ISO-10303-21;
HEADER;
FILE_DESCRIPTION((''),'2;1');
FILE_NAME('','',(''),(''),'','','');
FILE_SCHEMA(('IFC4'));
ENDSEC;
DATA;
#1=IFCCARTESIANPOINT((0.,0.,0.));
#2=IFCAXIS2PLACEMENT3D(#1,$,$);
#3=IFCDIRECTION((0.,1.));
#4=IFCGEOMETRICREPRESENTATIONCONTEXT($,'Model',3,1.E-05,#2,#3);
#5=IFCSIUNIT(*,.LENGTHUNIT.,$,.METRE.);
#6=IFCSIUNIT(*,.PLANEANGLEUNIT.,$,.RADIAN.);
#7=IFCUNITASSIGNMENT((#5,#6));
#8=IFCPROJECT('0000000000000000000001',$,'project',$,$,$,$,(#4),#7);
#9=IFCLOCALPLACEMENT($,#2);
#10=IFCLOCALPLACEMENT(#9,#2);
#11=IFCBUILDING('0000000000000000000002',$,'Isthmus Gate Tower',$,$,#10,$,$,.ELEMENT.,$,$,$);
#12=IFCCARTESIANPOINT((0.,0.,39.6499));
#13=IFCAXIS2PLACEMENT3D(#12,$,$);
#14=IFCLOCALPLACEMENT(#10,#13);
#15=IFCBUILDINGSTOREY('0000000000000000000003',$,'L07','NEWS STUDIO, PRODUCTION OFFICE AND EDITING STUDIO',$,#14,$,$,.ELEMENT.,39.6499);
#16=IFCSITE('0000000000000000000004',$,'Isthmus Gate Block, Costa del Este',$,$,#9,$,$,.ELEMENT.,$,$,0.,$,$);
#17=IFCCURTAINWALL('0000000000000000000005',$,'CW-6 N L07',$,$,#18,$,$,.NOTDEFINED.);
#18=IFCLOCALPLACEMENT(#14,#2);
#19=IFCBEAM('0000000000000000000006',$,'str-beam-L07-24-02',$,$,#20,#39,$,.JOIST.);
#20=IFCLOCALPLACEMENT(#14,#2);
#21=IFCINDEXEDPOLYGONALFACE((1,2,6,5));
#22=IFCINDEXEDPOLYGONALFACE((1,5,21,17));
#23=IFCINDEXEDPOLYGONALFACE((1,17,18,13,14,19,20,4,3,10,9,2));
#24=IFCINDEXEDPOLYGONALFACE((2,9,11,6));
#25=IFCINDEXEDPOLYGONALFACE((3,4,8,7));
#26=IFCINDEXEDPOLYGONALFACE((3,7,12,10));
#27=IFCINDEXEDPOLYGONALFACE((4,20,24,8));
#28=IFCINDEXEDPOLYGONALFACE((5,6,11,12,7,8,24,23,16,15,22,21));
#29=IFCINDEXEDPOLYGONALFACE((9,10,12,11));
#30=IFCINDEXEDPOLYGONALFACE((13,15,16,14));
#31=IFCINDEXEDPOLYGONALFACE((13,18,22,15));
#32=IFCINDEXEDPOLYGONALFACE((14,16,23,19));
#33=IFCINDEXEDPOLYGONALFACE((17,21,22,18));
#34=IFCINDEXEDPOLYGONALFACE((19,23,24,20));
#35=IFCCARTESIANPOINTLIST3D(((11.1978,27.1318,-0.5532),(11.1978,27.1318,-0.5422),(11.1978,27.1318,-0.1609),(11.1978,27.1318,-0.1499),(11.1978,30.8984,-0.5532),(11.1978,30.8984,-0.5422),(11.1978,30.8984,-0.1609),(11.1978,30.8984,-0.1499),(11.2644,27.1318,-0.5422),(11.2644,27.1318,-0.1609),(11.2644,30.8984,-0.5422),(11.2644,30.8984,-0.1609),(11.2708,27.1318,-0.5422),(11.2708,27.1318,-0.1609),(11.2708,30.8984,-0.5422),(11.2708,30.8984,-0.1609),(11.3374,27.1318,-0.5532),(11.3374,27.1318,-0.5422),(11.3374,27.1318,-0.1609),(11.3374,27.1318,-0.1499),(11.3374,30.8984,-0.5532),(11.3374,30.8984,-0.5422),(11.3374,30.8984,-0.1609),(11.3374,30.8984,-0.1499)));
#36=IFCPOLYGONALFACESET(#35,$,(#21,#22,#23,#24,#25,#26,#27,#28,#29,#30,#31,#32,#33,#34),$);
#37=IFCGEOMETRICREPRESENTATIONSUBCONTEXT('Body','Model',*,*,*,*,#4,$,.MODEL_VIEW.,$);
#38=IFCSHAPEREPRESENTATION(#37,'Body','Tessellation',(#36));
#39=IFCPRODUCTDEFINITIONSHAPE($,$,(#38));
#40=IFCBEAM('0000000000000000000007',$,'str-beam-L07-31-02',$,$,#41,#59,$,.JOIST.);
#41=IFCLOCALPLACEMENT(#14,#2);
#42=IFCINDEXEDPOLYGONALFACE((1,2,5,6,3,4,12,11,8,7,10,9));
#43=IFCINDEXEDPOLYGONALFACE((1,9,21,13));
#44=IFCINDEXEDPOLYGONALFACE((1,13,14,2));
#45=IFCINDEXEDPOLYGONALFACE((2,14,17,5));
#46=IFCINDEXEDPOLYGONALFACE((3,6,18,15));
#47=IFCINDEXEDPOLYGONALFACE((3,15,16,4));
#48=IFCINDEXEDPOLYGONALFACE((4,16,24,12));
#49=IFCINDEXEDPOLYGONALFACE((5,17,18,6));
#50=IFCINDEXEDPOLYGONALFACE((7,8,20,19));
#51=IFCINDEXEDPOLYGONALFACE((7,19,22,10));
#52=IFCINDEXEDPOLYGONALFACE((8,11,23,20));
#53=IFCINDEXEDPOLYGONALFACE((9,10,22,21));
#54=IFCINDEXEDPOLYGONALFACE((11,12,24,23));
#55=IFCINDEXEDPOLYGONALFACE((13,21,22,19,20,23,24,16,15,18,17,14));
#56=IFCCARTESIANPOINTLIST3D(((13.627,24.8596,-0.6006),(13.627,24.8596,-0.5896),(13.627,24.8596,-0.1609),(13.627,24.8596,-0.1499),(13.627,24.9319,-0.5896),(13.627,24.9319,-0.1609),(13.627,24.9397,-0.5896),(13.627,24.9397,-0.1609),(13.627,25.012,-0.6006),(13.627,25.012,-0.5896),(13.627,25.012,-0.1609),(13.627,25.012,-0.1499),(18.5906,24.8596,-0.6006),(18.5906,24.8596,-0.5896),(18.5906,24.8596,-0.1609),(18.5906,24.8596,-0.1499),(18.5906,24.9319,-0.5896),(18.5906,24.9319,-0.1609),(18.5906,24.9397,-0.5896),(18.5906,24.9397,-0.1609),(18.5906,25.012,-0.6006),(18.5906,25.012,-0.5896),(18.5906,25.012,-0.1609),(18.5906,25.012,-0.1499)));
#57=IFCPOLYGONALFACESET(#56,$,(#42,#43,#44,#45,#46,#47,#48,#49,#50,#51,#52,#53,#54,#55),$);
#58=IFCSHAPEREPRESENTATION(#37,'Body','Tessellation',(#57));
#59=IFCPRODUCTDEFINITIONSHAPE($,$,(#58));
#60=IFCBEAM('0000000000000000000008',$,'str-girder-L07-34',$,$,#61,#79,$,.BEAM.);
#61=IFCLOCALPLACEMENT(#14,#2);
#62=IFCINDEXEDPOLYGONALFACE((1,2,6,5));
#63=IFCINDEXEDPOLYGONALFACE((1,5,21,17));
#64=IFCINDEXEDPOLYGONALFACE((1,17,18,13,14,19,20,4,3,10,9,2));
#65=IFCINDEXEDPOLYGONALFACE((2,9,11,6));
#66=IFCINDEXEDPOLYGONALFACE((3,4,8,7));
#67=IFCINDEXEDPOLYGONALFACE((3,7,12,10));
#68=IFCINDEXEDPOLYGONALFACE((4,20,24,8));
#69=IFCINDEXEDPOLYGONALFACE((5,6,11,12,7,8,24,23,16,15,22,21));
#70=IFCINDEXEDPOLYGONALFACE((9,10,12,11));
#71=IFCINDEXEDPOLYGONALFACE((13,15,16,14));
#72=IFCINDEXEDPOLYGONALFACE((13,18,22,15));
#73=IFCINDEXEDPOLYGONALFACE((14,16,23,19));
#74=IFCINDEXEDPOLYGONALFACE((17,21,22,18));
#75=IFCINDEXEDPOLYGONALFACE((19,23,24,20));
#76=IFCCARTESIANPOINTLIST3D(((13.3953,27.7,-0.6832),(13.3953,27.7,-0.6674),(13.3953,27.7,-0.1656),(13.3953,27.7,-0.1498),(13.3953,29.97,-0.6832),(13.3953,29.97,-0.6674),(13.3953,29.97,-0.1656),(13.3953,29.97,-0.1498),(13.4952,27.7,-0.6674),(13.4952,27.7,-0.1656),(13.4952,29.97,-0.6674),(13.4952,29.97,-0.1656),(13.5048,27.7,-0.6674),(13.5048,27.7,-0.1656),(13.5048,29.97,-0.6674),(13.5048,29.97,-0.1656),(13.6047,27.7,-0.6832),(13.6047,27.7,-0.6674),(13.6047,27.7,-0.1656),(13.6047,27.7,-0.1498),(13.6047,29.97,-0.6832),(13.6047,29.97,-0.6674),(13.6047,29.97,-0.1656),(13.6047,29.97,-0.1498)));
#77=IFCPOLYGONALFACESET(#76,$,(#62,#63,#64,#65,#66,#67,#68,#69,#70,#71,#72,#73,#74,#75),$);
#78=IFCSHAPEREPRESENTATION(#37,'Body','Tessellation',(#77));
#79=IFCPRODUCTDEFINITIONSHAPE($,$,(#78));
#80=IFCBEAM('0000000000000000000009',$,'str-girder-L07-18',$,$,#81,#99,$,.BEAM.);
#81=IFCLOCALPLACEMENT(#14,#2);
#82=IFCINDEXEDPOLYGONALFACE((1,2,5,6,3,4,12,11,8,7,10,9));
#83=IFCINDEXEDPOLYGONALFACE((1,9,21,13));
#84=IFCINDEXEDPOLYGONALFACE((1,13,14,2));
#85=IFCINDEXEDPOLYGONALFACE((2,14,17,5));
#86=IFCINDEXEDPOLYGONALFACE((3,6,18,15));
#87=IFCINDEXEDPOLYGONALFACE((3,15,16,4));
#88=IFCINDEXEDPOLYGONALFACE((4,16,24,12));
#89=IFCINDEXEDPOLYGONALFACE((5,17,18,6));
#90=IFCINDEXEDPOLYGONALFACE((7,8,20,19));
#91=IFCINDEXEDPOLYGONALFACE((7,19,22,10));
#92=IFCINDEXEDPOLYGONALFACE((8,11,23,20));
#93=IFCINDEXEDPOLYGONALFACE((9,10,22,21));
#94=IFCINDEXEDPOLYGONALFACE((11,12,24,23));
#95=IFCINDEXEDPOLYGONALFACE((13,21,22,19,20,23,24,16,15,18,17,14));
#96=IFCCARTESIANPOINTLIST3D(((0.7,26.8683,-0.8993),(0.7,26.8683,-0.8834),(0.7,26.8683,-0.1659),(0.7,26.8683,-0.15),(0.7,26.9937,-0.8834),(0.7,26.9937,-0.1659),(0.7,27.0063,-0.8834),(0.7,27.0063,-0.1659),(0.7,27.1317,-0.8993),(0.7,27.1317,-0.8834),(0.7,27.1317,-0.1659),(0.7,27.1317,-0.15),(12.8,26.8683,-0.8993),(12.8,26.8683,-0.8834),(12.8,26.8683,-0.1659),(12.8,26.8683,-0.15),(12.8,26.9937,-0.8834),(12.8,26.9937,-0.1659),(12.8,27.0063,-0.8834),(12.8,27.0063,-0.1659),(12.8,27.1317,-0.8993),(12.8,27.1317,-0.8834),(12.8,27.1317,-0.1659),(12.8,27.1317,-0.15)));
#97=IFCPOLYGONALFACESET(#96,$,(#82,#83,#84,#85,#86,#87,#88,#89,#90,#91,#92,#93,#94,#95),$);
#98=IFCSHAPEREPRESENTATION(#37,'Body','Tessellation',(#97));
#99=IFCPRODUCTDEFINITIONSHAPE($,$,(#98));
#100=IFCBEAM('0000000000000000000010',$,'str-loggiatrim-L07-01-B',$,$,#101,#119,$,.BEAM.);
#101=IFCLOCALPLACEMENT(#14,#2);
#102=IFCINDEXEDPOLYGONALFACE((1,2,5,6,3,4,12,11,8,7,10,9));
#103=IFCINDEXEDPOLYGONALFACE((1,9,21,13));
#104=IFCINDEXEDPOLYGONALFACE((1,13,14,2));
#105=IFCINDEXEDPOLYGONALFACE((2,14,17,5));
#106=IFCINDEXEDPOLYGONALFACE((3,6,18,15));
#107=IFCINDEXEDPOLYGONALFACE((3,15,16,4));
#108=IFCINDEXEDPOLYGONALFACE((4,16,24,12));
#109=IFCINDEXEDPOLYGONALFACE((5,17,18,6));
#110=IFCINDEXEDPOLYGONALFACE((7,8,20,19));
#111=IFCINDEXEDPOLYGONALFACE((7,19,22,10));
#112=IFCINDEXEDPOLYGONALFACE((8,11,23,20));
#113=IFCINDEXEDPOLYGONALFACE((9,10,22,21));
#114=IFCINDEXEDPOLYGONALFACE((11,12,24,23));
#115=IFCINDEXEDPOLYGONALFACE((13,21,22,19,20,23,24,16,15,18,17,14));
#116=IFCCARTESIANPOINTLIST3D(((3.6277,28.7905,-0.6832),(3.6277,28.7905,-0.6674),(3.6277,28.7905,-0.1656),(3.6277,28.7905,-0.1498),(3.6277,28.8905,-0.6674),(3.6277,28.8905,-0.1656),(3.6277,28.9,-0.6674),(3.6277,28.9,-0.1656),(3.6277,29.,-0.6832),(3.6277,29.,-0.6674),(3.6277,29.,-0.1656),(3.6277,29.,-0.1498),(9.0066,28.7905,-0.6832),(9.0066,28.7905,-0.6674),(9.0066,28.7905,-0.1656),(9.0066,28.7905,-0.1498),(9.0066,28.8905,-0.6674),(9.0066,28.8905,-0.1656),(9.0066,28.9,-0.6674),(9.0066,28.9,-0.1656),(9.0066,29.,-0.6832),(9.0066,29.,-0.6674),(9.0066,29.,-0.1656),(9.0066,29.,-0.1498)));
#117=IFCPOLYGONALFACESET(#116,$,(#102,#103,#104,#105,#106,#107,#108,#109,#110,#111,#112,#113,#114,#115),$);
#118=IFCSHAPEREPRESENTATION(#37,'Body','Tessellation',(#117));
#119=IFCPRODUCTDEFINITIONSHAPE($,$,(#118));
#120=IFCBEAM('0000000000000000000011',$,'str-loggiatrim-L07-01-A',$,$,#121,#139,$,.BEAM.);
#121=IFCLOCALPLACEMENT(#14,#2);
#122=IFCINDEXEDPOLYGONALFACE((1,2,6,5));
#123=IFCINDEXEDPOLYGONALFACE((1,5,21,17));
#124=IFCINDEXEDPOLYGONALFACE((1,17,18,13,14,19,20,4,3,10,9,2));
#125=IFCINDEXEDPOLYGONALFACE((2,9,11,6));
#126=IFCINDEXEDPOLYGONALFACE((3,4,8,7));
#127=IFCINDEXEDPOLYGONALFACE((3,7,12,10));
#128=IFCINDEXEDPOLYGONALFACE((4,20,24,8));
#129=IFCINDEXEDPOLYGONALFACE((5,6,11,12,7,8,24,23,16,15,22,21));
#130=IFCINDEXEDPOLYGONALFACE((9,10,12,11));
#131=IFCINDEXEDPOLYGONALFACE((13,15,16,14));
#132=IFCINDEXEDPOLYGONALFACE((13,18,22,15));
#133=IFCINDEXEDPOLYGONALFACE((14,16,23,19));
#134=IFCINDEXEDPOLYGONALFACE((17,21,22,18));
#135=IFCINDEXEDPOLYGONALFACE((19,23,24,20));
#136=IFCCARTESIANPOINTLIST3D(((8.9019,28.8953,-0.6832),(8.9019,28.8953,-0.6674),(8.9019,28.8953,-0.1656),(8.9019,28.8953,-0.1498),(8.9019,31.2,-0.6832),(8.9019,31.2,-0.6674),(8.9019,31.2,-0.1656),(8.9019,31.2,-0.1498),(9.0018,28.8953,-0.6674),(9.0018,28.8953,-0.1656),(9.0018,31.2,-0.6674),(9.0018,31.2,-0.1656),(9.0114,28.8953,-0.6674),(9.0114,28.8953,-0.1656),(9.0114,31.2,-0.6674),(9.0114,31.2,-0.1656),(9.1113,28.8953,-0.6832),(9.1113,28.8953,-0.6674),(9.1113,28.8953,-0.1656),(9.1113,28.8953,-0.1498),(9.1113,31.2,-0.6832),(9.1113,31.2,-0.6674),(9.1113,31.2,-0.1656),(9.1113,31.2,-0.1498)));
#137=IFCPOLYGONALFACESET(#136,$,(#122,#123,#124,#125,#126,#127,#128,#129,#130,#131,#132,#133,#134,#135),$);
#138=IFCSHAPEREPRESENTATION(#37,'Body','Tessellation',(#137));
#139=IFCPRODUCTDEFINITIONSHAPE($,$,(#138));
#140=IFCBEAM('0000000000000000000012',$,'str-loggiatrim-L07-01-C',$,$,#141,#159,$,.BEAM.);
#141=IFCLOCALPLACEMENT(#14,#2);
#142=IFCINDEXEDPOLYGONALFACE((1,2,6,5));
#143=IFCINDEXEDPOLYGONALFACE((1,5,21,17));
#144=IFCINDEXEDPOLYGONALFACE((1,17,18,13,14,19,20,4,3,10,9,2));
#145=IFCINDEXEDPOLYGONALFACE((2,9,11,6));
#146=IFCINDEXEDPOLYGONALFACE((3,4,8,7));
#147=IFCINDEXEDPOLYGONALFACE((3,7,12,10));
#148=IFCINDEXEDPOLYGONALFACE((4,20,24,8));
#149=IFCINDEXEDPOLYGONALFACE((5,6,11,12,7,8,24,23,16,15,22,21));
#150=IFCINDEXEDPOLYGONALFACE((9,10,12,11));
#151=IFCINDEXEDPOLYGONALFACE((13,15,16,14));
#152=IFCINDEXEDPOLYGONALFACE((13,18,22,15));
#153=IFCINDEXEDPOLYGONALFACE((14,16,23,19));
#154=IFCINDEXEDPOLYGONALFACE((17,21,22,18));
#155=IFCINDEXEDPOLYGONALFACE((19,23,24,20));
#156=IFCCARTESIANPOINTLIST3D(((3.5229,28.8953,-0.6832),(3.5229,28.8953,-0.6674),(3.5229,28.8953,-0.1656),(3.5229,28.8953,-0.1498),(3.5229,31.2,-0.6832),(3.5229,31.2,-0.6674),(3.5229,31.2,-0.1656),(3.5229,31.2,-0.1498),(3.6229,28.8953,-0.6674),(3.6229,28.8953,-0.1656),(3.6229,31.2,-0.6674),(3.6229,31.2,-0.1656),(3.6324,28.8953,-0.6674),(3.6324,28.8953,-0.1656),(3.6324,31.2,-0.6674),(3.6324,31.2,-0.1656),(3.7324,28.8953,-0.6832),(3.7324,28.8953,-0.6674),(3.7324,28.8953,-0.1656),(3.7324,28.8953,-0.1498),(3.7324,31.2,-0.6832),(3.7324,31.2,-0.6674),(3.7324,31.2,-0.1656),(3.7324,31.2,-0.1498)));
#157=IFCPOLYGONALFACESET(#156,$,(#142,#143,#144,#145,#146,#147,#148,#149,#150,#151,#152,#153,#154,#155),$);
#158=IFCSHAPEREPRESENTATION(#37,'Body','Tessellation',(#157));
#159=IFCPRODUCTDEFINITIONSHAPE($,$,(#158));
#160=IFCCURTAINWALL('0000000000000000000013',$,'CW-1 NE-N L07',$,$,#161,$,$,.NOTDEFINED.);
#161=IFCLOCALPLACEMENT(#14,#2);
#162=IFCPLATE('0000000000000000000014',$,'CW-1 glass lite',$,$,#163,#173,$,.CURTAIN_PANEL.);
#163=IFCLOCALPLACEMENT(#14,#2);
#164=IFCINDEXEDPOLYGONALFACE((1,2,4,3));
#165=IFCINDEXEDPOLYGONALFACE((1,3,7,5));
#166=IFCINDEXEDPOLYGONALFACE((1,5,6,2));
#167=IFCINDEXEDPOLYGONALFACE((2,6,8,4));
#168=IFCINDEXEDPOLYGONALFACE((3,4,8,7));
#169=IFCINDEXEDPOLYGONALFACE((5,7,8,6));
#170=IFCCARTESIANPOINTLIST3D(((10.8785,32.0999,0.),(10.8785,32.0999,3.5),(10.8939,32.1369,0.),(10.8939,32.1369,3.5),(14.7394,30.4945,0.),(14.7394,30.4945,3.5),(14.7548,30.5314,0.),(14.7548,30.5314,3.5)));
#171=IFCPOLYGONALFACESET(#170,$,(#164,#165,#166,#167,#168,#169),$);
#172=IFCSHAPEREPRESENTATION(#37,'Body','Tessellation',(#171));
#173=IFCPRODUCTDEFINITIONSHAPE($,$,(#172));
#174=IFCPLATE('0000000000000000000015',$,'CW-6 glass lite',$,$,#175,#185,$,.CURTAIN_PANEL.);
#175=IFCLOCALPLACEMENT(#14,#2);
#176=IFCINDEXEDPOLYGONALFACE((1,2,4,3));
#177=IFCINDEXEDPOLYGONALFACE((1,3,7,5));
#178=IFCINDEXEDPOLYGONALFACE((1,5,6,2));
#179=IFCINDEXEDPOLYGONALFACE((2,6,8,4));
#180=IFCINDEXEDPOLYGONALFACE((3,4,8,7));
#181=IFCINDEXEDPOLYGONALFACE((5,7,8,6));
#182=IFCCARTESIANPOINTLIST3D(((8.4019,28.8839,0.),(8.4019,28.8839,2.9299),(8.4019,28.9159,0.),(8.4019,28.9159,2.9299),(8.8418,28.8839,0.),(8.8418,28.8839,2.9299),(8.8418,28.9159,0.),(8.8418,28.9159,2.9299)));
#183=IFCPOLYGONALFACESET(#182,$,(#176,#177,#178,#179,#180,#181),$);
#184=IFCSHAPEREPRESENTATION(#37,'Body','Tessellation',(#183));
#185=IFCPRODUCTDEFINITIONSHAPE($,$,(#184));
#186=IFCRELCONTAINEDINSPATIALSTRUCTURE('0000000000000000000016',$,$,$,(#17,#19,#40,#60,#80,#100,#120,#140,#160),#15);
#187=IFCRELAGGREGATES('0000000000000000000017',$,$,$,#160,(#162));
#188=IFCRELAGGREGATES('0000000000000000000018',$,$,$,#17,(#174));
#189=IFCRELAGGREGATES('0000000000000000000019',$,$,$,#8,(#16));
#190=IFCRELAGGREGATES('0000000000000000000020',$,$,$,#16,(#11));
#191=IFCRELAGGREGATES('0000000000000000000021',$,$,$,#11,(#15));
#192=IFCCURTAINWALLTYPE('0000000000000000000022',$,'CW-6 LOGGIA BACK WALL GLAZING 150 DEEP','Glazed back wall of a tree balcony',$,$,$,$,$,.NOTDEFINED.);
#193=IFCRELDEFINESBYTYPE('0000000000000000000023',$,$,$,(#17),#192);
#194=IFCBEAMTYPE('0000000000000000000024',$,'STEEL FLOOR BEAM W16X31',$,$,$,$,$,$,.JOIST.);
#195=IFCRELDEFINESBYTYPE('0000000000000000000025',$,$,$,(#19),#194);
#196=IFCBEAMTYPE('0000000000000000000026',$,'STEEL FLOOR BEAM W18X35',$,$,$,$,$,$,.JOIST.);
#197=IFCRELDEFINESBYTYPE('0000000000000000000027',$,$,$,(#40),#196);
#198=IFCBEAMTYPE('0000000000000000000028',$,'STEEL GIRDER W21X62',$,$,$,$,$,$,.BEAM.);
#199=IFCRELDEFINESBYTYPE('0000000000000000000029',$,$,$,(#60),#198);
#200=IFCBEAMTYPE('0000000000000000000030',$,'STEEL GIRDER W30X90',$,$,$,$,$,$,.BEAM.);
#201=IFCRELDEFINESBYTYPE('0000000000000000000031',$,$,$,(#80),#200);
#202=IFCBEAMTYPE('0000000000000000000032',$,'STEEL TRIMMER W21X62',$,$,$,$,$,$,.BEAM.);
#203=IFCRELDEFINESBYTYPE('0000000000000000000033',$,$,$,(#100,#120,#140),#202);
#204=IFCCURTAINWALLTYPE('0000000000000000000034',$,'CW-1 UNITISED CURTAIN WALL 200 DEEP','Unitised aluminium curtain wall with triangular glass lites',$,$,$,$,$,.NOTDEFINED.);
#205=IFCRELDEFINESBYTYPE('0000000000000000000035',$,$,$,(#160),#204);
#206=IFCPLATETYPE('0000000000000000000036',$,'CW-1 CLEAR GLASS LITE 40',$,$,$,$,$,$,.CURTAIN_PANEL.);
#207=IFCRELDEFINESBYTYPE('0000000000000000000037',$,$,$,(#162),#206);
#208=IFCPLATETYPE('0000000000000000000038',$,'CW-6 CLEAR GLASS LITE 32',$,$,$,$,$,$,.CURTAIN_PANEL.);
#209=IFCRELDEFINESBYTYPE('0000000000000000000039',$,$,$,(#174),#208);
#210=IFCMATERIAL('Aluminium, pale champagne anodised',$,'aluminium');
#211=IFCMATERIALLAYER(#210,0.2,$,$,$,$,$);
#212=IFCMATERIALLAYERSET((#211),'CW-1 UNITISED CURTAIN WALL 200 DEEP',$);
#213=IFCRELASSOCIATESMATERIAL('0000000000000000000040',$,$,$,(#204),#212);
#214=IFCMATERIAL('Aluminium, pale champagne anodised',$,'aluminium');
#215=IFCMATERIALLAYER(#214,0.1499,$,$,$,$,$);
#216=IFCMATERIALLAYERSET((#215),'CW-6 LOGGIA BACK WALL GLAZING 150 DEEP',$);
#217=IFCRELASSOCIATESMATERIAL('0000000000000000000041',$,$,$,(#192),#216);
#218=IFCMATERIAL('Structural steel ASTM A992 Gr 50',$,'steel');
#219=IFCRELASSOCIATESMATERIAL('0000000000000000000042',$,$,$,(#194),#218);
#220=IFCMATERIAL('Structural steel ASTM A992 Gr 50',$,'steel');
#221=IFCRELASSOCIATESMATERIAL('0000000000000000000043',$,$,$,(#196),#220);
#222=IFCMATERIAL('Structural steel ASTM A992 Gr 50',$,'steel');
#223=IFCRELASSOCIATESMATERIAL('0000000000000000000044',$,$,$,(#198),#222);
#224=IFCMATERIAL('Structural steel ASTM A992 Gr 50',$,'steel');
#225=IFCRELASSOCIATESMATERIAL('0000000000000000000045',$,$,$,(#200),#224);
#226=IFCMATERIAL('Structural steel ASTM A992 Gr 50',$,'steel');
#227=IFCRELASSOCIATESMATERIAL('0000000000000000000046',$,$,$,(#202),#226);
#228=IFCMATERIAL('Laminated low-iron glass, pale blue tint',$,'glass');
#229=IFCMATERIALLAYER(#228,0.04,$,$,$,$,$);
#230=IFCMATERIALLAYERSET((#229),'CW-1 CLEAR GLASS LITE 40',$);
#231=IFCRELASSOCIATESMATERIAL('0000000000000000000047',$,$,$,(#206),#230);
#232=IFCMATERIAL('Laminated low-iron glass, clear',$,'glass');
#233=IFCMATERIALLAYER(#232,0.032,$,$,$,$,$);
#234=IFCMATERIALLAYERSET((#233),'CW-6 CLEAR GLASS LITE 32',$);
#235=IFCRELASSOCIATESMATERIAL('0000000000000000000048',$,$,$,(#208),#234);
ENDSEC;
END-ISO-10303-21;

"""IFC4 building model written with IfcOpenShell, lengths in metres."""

from ifc_helpers import new_model, si_unit, direction, frame, origin, origin_2d, place, context, subcontext, project, spatial, rectangle, i_section, extrude, material, layer, layer_set, material_profile, profile_set, type_object, element, aggregate, save


model = new_model("IFC4")

# Units and contexts
model_context = context("Model", 3, precision=1e-05, world=origin(), true_north=direction((0.0, 1.0)))
body_context = subcontext(model_context, "Body", "Model", "MODEL_VIEW")
ifc_project = project(units=[si_unit("LENGTHUNIT", "METRE"), si_unit("PLANEANGLEUNIT", "RADIAN")], contexts=[model_context])

# Site, building, storey
site_placement = place(None, origin())
site = spatial("IfcSite", under=ifc_project, at=site_placement, Name="Isthmus Gate Block, Costa del Este", CompositionType="ELEMENT", RefElevation=0.0)
building_placement = place(site_placement, origin())
building = spatial("IfcBuilding", under=site, at=building_placement, Name="Isthmus Gate Tower", CompositionType="ELEMENT")
storey_placement = place(building_placement, frame((0.0, 0.0, 39.6499)))
storey = spatial("IfcBuildingStorey", under=building, at=storey_placement, Name="L07", Description="NEWS STUDIO, PRODUCTION OFFICE AND EDITING STUDIO", CompositionType="ELEMENT", Elevation=39.6499)

# Curtain wall
ifc_material_1 = material(Name="Aluminium, pale champagne anodised", Category="aluminium")
ifc_layer_1 = layer(ifc_material_1, 0.2)
ifc_layer_set_1 = layer_set([ifc_layer_1], Name="CW-1 UNITISED CURTAIN WALL 200 DEEP")
curtain_wall_type_1 = type_object("IfcCurtainWallType", Name="CW-1 UNITISED CURTAIN WALL 200 DEEP", Description="Unitised aluminium curtain wall with triangular glass lites", PredefinedType="NOTDEFINED", material=ifc_layer_set_1)
ifc_material_2 = material(Name="Aluminium, pale champagne anodised", Category="aluminium")
ifc_layer_2 = layer(ifc_material_2, 0.1499)
ifc_layer_set_2 = layer_set([ifc_layer_2], Name="CW-6 LOGGIA BACK WALL GLAZING 150 DEEP")
curtain_wall_type_2 = type_object("IfcCurtainWallType", Name="CW-6 LOGGIA BACK WALL GLAZING 150 DEEP", Description="Glazed back wall of a tree balcony", PredefinedType="NOTDEFINED", material=ifc_layer_set_2)
curtain_wall_1_placement = place(storey_placement, origin())
curtain_wall_1 = element("IfcCurtainWall", 1, at=curtain_wall_1_placement, inside=storey, type_object=curtain_wall_type_2, Name="CW-6 N L07", PredefinedType="NOTDEFINED")

# Beams
ifc_material_3 = material(Name="Structural steel ASTM A992 Gr 50", Category="steel")
ifc_material_profile_1 = material_profile(ifc_material_3, i_section(OverallWidth=0.1396, OverallDepth=0.4033, WebThickness=0.0063, FlangeThickness=0.011, at=origin_2d()), Name="W16X31")
ifc_profile_set_1 = profile_set([ifc_material_profile_1], Name="Structural steel ASTM A992 Gr 50")
beam_type_1 = type_object("IfcBeamType", Name="STEEL FLOOR BEAM W16X31", PredefinedType="JOIST", material=ifc_profile_set_1)
beam_1_placement = place(storey_placement, frame((11.2676, 27.1318, -0.3516), z_axis=(0.0, 1.0, 0.0), x_axis=(-1.0, 0.0, 0.0)))
element("IfcBeam", 2, at=beam_1_placement, inside=storey, type_object=beam_type_1, Name="str-beam-L07-24-02", PredefinedType="JOIST", context=body_context, shape_type="SweptSolid", body=[
    extrude(i_section(OverallWidth=0.1396, OverallDepth=0.4033, WebThickness=0.0063, FlangeThickness=0.011, at=origin_2d()), origin(), (0.0, 0.0, 1.0), 3.7666),
])
ifc_material_4 = material(Name="Structural steel ASTM A992 Gr 50", Category="steel")
ifc_material_profile_2 = material_profile(ifc_material_4, i_section(OverallWidth=0.1523, OverallDepth=0.4507, WebThickness=0.0078, FlangeThickness=0.011, at=origin_2d()), Name="W18X35")
ifc_profile_set_2 = profile_set([ifc_material_profile_2], Name="Structural steel ASTM A992 Gr 50")
beam_type_2 = type_object("IfcBeamType", Name="STEEL FLOOR BEAM W18X35", PredefinedType="JOIST", material=ifc_profile_set_2)
beam_2_placement = place(storey_placement, frame((13.627, 24.9358, -0.3752), z_axis=(1.0, 0.0, 0.0), x_axis=(0.0, 1.0, 0.0)))
element("IfcBeam", 3, at=beam_2_placement, inside=storey, type_object=beam_type_2, Name="str-beam-L07-31-02", PredefinedType="JOIST", context=body_context, shape_type="SweptSolid", body=[
    extrude(i_section(OverallWidth=0.1523, OverallDepth=0.4507, WebThickness=0.0078, FlangeThickness=0.011, at=origin_2d()), origin(), (0.0, 0.0, 1.0), 4.9636),
])
ifc_material_5 = material(Name="Structural steel ASTM A992 Gr 50", Category="steel")
ifc_material_profile_3 = material_profile(ifc_material_5, i_section(OverallWidth=0.2095, OverallDepth=0.5334, WebThickness=0.0095, FlangeThickness=0.0159, at=origin_2d()), Name="W21X62")
ifc_profile_set_3 = profile_set([ifc_material_profile_3], Name="Structural steel ASTM A992 Gr 50")
beam_type_3 = type_object("IfcBeamType", Name="STEEL GIRDER W21X62", PredefinedType="BEAM", material=ifc_profile_set_3)
beam_3_placement = place(storey_placement, frame((13.5, 27.7, -0.4165), z_axis=(0.0, 1.0, 0.0), x_axis=(-1.0, 0.0, 0.0)))
element("IfcBeam", 4, at=beam_3_placement, inside=storey, type_object=beam_type_3, Name="str-girder-L07-34", PredefinedType="BEAM", context=body_context, shape_type="SweptSolid", body=[
    extrude(i_section(OverallWidth=0.2095, OverallDepth=0.5334, WebThickness=0.0095, FlangeThickness=0.0159, at=origin_2d()), origin(), (0.0, 0.0, 1.0), 2.27),
])
ifc_material_6 = material(Name="Structural steel ASTM A992 Gr 50", Category="steel")
ifc_material_profile_4 = material_profile(ifc_material_6, i_section(OverallWidth=0.2634, OverallDepth=0.7493, WebThickness=0.0127, FlangeThickness=0.0159, at=origin_2d()), Name="W30X90")
ifc_profile_set_4 = profile_set([ifc_material_profile_4], Name="Structural steel ASTM A992 Gr 50")
beam_type_4 = type_object("IfcBeamType", Name="STEEL GIRDER W30X90", PredefinedType="BEAM", material=ifc_profile_set_4)
beam_4_placement = place(storey_placement, frame((0.7, 27.0, -0.5247), z_axis=(1.0, 0.0, 0.0), x_axis=(0.0, 1.0, 0.0)))
element("IfcBeam", 5, at=beam_4_placement, inside=storey, type_object=beam_type_4, Name="str-girder-L07-18", PredefinedType="BEAM", context=body_context, shape_type="SweptSolid", body=[
    extrude(i_section(OverallWidth=0.2634, OverallDepth=0.7493, WebThickness=0.0127, FlangeThickness=0.0159, at=origin_2d()), origin(), (0.0, 0.0, 1.0), 12.1001),
])
ifc_material_7 = material(Name="Structural steel ASTM A992 Gr 50", Category="steel")
ifc_material_profile_5 = material_profile(ifc_material_7, i_section(OverallWidth=0.2095, OverallDepth=0.5334, WebThickness=0.0095, FlangeThickness=0.0159, at=origin_2d()), Name="W21X62")
ifc_profile_set_5 = profile_set([ifc_material_profile_5], Name="Structural steel ASTM A992 Gr 50")
beam_type_5 = type_object("IfcBeamType", Name="STEEL TRIMMER W21X62", PredefinedType="BEAM", material=ifc_profile_set_5)
beam_5_placement = place(storey_placement, frame((9.0066, 28.8953, -0.4165), z_axis=(-1.0, 0.0, 0.0), x_axis=(0.0, -1.0, 0.0)))
element("IfcBeam", 6, at=beam_5_placement, inside=storey, type_object=beam_type_5, Name="str-loggiatrim-L07-01-B", PredefinedType="BEAM", context=body_context, shape_type="SweptSolid", body=[
    extrude(i_section(OverallWidth=0.2095, OverallDepth=0.5334, WebThickness=0.0095, FlangeThickness=0.0159, at=origin_2d()), origin(), (0.0, 0.0, 1.0), 5.3789),
])
for number, where, z_axis, x_axis, name in (
    (7, (9.0066, 31.2, -0.4165), (0.0, -1.0, 0.0), (1.0, 0.0, 0.0), "str-loggiatrim-L07-01-A"),
    (8, (3.6277, 31.2, -0.4165), (0.0, -1.0, 0.0), (1.0, 0.0, 0.0), "str-loggiatrim-L07-01-C"),
):
    element("IfcBeam", number, at=place(storey_placement, frame(where, z_axis=z_axis, x_axis=x_axis)), inside=storey, type_object=beam_type_5, Name=name, PredefinedType="BEAM", context=body_context, shape_type="SweptSolid", body=[
        extrude(i_section(OverallWidth=0.2095, OverallDepth=0.5334, WebThickness=0.0095, FlangeThickness=0.0159, at=origin_2d()), origin(), (0.0, 0.0, 1.0), 2.3047),
    ])

# Curtain wall, plate
curtain_wall_2_placement = place(storey_placement, origin())
curtain_wall_2 = element("IfcCurtainWall", 9, at=curtain_wall_2_placement, inside=storey, type_object=curtain_wall_type_1, Name="CW-1 NE-N L07", PredefinedType="NOTDEFINED")
ifc_material_8 = material(Name="Laminated low-iron glass, pale blue tint", Category="glass")
ifc_layer_3 = layer(ifc_material_8, 0.04)
ifc_layer_set_3 = layer_set([ifc_layer_3], Name="CW-1 CLEAR GLASS LITE 40")
plate_type_1 = type_object("IfcPlateType", Name="CW-1 CLEAR GLASS LITE 40", PredefinedType="CURTAIN_PANEL", material=ifc_layer_set_3)
plate_1_placement = place(storey_placement, frame((12.8167, 31.3157, 0.0), z_axis=(0.0, 0.0, 1.0), x_axis=(-0.923353, 0.383952, 0.0)))
plate_1 = element("IfcPlate", 10, at=plate_1_placement, type_object=plate_type_1, Name="CW-1 glass lite", PredefinedType="CURTAIN_PANEL", context=body_context, shape_type="SweptSolid", body=[
    extrude(rectangle(XDim=4.1814, YDim=0.04, at=origin_2d()), origin(), (0.0, 0.0, 1.0), 3.5),
])
aggregate(curtain_wall_2, [plate_1])

# Plate
ifc_material_9 = material(Name="Laminated low-iron glass, clear", Category="glass")
ifc_layer_4 = layer(ifc_material_9, 0.032)
ifc_layer_set_4 = layer_set([ifc_layer_4], Name="CW-6 CLEAR GLASS LITE 32")
plate_type_2 = type_object("IfcPlateType", Name="CW-6 CLEAR GLASS LITE 32", PredefinedType="CURTAIN_PANEL", material=ifc_layer_set_4)
plate_2_placement = place(storey_placement, frame((8.6218, 28.8999, 0.0), z_axis=(0.0, 0.0, 1.0), x_axis=(-1.0, 0.0, 0.0)))
plate_2 = element("IfcPlate", 11, at=plate_2_placement, type_object=plate_type_2, Name="CW-6 glass lite", PredefinedType="CURTAIN_PANEL", context=body_context, shape_type="SweptSolid", body=[
    extrude(rectangle(XDim=0.4399, YDim=0.032, at=origin_2d()), origin(), (0.0, 0.0, 1.0), 2.9299),
])
aggregate(curtain_wall_1, [plate_2])

save(model, "model.ifc")
